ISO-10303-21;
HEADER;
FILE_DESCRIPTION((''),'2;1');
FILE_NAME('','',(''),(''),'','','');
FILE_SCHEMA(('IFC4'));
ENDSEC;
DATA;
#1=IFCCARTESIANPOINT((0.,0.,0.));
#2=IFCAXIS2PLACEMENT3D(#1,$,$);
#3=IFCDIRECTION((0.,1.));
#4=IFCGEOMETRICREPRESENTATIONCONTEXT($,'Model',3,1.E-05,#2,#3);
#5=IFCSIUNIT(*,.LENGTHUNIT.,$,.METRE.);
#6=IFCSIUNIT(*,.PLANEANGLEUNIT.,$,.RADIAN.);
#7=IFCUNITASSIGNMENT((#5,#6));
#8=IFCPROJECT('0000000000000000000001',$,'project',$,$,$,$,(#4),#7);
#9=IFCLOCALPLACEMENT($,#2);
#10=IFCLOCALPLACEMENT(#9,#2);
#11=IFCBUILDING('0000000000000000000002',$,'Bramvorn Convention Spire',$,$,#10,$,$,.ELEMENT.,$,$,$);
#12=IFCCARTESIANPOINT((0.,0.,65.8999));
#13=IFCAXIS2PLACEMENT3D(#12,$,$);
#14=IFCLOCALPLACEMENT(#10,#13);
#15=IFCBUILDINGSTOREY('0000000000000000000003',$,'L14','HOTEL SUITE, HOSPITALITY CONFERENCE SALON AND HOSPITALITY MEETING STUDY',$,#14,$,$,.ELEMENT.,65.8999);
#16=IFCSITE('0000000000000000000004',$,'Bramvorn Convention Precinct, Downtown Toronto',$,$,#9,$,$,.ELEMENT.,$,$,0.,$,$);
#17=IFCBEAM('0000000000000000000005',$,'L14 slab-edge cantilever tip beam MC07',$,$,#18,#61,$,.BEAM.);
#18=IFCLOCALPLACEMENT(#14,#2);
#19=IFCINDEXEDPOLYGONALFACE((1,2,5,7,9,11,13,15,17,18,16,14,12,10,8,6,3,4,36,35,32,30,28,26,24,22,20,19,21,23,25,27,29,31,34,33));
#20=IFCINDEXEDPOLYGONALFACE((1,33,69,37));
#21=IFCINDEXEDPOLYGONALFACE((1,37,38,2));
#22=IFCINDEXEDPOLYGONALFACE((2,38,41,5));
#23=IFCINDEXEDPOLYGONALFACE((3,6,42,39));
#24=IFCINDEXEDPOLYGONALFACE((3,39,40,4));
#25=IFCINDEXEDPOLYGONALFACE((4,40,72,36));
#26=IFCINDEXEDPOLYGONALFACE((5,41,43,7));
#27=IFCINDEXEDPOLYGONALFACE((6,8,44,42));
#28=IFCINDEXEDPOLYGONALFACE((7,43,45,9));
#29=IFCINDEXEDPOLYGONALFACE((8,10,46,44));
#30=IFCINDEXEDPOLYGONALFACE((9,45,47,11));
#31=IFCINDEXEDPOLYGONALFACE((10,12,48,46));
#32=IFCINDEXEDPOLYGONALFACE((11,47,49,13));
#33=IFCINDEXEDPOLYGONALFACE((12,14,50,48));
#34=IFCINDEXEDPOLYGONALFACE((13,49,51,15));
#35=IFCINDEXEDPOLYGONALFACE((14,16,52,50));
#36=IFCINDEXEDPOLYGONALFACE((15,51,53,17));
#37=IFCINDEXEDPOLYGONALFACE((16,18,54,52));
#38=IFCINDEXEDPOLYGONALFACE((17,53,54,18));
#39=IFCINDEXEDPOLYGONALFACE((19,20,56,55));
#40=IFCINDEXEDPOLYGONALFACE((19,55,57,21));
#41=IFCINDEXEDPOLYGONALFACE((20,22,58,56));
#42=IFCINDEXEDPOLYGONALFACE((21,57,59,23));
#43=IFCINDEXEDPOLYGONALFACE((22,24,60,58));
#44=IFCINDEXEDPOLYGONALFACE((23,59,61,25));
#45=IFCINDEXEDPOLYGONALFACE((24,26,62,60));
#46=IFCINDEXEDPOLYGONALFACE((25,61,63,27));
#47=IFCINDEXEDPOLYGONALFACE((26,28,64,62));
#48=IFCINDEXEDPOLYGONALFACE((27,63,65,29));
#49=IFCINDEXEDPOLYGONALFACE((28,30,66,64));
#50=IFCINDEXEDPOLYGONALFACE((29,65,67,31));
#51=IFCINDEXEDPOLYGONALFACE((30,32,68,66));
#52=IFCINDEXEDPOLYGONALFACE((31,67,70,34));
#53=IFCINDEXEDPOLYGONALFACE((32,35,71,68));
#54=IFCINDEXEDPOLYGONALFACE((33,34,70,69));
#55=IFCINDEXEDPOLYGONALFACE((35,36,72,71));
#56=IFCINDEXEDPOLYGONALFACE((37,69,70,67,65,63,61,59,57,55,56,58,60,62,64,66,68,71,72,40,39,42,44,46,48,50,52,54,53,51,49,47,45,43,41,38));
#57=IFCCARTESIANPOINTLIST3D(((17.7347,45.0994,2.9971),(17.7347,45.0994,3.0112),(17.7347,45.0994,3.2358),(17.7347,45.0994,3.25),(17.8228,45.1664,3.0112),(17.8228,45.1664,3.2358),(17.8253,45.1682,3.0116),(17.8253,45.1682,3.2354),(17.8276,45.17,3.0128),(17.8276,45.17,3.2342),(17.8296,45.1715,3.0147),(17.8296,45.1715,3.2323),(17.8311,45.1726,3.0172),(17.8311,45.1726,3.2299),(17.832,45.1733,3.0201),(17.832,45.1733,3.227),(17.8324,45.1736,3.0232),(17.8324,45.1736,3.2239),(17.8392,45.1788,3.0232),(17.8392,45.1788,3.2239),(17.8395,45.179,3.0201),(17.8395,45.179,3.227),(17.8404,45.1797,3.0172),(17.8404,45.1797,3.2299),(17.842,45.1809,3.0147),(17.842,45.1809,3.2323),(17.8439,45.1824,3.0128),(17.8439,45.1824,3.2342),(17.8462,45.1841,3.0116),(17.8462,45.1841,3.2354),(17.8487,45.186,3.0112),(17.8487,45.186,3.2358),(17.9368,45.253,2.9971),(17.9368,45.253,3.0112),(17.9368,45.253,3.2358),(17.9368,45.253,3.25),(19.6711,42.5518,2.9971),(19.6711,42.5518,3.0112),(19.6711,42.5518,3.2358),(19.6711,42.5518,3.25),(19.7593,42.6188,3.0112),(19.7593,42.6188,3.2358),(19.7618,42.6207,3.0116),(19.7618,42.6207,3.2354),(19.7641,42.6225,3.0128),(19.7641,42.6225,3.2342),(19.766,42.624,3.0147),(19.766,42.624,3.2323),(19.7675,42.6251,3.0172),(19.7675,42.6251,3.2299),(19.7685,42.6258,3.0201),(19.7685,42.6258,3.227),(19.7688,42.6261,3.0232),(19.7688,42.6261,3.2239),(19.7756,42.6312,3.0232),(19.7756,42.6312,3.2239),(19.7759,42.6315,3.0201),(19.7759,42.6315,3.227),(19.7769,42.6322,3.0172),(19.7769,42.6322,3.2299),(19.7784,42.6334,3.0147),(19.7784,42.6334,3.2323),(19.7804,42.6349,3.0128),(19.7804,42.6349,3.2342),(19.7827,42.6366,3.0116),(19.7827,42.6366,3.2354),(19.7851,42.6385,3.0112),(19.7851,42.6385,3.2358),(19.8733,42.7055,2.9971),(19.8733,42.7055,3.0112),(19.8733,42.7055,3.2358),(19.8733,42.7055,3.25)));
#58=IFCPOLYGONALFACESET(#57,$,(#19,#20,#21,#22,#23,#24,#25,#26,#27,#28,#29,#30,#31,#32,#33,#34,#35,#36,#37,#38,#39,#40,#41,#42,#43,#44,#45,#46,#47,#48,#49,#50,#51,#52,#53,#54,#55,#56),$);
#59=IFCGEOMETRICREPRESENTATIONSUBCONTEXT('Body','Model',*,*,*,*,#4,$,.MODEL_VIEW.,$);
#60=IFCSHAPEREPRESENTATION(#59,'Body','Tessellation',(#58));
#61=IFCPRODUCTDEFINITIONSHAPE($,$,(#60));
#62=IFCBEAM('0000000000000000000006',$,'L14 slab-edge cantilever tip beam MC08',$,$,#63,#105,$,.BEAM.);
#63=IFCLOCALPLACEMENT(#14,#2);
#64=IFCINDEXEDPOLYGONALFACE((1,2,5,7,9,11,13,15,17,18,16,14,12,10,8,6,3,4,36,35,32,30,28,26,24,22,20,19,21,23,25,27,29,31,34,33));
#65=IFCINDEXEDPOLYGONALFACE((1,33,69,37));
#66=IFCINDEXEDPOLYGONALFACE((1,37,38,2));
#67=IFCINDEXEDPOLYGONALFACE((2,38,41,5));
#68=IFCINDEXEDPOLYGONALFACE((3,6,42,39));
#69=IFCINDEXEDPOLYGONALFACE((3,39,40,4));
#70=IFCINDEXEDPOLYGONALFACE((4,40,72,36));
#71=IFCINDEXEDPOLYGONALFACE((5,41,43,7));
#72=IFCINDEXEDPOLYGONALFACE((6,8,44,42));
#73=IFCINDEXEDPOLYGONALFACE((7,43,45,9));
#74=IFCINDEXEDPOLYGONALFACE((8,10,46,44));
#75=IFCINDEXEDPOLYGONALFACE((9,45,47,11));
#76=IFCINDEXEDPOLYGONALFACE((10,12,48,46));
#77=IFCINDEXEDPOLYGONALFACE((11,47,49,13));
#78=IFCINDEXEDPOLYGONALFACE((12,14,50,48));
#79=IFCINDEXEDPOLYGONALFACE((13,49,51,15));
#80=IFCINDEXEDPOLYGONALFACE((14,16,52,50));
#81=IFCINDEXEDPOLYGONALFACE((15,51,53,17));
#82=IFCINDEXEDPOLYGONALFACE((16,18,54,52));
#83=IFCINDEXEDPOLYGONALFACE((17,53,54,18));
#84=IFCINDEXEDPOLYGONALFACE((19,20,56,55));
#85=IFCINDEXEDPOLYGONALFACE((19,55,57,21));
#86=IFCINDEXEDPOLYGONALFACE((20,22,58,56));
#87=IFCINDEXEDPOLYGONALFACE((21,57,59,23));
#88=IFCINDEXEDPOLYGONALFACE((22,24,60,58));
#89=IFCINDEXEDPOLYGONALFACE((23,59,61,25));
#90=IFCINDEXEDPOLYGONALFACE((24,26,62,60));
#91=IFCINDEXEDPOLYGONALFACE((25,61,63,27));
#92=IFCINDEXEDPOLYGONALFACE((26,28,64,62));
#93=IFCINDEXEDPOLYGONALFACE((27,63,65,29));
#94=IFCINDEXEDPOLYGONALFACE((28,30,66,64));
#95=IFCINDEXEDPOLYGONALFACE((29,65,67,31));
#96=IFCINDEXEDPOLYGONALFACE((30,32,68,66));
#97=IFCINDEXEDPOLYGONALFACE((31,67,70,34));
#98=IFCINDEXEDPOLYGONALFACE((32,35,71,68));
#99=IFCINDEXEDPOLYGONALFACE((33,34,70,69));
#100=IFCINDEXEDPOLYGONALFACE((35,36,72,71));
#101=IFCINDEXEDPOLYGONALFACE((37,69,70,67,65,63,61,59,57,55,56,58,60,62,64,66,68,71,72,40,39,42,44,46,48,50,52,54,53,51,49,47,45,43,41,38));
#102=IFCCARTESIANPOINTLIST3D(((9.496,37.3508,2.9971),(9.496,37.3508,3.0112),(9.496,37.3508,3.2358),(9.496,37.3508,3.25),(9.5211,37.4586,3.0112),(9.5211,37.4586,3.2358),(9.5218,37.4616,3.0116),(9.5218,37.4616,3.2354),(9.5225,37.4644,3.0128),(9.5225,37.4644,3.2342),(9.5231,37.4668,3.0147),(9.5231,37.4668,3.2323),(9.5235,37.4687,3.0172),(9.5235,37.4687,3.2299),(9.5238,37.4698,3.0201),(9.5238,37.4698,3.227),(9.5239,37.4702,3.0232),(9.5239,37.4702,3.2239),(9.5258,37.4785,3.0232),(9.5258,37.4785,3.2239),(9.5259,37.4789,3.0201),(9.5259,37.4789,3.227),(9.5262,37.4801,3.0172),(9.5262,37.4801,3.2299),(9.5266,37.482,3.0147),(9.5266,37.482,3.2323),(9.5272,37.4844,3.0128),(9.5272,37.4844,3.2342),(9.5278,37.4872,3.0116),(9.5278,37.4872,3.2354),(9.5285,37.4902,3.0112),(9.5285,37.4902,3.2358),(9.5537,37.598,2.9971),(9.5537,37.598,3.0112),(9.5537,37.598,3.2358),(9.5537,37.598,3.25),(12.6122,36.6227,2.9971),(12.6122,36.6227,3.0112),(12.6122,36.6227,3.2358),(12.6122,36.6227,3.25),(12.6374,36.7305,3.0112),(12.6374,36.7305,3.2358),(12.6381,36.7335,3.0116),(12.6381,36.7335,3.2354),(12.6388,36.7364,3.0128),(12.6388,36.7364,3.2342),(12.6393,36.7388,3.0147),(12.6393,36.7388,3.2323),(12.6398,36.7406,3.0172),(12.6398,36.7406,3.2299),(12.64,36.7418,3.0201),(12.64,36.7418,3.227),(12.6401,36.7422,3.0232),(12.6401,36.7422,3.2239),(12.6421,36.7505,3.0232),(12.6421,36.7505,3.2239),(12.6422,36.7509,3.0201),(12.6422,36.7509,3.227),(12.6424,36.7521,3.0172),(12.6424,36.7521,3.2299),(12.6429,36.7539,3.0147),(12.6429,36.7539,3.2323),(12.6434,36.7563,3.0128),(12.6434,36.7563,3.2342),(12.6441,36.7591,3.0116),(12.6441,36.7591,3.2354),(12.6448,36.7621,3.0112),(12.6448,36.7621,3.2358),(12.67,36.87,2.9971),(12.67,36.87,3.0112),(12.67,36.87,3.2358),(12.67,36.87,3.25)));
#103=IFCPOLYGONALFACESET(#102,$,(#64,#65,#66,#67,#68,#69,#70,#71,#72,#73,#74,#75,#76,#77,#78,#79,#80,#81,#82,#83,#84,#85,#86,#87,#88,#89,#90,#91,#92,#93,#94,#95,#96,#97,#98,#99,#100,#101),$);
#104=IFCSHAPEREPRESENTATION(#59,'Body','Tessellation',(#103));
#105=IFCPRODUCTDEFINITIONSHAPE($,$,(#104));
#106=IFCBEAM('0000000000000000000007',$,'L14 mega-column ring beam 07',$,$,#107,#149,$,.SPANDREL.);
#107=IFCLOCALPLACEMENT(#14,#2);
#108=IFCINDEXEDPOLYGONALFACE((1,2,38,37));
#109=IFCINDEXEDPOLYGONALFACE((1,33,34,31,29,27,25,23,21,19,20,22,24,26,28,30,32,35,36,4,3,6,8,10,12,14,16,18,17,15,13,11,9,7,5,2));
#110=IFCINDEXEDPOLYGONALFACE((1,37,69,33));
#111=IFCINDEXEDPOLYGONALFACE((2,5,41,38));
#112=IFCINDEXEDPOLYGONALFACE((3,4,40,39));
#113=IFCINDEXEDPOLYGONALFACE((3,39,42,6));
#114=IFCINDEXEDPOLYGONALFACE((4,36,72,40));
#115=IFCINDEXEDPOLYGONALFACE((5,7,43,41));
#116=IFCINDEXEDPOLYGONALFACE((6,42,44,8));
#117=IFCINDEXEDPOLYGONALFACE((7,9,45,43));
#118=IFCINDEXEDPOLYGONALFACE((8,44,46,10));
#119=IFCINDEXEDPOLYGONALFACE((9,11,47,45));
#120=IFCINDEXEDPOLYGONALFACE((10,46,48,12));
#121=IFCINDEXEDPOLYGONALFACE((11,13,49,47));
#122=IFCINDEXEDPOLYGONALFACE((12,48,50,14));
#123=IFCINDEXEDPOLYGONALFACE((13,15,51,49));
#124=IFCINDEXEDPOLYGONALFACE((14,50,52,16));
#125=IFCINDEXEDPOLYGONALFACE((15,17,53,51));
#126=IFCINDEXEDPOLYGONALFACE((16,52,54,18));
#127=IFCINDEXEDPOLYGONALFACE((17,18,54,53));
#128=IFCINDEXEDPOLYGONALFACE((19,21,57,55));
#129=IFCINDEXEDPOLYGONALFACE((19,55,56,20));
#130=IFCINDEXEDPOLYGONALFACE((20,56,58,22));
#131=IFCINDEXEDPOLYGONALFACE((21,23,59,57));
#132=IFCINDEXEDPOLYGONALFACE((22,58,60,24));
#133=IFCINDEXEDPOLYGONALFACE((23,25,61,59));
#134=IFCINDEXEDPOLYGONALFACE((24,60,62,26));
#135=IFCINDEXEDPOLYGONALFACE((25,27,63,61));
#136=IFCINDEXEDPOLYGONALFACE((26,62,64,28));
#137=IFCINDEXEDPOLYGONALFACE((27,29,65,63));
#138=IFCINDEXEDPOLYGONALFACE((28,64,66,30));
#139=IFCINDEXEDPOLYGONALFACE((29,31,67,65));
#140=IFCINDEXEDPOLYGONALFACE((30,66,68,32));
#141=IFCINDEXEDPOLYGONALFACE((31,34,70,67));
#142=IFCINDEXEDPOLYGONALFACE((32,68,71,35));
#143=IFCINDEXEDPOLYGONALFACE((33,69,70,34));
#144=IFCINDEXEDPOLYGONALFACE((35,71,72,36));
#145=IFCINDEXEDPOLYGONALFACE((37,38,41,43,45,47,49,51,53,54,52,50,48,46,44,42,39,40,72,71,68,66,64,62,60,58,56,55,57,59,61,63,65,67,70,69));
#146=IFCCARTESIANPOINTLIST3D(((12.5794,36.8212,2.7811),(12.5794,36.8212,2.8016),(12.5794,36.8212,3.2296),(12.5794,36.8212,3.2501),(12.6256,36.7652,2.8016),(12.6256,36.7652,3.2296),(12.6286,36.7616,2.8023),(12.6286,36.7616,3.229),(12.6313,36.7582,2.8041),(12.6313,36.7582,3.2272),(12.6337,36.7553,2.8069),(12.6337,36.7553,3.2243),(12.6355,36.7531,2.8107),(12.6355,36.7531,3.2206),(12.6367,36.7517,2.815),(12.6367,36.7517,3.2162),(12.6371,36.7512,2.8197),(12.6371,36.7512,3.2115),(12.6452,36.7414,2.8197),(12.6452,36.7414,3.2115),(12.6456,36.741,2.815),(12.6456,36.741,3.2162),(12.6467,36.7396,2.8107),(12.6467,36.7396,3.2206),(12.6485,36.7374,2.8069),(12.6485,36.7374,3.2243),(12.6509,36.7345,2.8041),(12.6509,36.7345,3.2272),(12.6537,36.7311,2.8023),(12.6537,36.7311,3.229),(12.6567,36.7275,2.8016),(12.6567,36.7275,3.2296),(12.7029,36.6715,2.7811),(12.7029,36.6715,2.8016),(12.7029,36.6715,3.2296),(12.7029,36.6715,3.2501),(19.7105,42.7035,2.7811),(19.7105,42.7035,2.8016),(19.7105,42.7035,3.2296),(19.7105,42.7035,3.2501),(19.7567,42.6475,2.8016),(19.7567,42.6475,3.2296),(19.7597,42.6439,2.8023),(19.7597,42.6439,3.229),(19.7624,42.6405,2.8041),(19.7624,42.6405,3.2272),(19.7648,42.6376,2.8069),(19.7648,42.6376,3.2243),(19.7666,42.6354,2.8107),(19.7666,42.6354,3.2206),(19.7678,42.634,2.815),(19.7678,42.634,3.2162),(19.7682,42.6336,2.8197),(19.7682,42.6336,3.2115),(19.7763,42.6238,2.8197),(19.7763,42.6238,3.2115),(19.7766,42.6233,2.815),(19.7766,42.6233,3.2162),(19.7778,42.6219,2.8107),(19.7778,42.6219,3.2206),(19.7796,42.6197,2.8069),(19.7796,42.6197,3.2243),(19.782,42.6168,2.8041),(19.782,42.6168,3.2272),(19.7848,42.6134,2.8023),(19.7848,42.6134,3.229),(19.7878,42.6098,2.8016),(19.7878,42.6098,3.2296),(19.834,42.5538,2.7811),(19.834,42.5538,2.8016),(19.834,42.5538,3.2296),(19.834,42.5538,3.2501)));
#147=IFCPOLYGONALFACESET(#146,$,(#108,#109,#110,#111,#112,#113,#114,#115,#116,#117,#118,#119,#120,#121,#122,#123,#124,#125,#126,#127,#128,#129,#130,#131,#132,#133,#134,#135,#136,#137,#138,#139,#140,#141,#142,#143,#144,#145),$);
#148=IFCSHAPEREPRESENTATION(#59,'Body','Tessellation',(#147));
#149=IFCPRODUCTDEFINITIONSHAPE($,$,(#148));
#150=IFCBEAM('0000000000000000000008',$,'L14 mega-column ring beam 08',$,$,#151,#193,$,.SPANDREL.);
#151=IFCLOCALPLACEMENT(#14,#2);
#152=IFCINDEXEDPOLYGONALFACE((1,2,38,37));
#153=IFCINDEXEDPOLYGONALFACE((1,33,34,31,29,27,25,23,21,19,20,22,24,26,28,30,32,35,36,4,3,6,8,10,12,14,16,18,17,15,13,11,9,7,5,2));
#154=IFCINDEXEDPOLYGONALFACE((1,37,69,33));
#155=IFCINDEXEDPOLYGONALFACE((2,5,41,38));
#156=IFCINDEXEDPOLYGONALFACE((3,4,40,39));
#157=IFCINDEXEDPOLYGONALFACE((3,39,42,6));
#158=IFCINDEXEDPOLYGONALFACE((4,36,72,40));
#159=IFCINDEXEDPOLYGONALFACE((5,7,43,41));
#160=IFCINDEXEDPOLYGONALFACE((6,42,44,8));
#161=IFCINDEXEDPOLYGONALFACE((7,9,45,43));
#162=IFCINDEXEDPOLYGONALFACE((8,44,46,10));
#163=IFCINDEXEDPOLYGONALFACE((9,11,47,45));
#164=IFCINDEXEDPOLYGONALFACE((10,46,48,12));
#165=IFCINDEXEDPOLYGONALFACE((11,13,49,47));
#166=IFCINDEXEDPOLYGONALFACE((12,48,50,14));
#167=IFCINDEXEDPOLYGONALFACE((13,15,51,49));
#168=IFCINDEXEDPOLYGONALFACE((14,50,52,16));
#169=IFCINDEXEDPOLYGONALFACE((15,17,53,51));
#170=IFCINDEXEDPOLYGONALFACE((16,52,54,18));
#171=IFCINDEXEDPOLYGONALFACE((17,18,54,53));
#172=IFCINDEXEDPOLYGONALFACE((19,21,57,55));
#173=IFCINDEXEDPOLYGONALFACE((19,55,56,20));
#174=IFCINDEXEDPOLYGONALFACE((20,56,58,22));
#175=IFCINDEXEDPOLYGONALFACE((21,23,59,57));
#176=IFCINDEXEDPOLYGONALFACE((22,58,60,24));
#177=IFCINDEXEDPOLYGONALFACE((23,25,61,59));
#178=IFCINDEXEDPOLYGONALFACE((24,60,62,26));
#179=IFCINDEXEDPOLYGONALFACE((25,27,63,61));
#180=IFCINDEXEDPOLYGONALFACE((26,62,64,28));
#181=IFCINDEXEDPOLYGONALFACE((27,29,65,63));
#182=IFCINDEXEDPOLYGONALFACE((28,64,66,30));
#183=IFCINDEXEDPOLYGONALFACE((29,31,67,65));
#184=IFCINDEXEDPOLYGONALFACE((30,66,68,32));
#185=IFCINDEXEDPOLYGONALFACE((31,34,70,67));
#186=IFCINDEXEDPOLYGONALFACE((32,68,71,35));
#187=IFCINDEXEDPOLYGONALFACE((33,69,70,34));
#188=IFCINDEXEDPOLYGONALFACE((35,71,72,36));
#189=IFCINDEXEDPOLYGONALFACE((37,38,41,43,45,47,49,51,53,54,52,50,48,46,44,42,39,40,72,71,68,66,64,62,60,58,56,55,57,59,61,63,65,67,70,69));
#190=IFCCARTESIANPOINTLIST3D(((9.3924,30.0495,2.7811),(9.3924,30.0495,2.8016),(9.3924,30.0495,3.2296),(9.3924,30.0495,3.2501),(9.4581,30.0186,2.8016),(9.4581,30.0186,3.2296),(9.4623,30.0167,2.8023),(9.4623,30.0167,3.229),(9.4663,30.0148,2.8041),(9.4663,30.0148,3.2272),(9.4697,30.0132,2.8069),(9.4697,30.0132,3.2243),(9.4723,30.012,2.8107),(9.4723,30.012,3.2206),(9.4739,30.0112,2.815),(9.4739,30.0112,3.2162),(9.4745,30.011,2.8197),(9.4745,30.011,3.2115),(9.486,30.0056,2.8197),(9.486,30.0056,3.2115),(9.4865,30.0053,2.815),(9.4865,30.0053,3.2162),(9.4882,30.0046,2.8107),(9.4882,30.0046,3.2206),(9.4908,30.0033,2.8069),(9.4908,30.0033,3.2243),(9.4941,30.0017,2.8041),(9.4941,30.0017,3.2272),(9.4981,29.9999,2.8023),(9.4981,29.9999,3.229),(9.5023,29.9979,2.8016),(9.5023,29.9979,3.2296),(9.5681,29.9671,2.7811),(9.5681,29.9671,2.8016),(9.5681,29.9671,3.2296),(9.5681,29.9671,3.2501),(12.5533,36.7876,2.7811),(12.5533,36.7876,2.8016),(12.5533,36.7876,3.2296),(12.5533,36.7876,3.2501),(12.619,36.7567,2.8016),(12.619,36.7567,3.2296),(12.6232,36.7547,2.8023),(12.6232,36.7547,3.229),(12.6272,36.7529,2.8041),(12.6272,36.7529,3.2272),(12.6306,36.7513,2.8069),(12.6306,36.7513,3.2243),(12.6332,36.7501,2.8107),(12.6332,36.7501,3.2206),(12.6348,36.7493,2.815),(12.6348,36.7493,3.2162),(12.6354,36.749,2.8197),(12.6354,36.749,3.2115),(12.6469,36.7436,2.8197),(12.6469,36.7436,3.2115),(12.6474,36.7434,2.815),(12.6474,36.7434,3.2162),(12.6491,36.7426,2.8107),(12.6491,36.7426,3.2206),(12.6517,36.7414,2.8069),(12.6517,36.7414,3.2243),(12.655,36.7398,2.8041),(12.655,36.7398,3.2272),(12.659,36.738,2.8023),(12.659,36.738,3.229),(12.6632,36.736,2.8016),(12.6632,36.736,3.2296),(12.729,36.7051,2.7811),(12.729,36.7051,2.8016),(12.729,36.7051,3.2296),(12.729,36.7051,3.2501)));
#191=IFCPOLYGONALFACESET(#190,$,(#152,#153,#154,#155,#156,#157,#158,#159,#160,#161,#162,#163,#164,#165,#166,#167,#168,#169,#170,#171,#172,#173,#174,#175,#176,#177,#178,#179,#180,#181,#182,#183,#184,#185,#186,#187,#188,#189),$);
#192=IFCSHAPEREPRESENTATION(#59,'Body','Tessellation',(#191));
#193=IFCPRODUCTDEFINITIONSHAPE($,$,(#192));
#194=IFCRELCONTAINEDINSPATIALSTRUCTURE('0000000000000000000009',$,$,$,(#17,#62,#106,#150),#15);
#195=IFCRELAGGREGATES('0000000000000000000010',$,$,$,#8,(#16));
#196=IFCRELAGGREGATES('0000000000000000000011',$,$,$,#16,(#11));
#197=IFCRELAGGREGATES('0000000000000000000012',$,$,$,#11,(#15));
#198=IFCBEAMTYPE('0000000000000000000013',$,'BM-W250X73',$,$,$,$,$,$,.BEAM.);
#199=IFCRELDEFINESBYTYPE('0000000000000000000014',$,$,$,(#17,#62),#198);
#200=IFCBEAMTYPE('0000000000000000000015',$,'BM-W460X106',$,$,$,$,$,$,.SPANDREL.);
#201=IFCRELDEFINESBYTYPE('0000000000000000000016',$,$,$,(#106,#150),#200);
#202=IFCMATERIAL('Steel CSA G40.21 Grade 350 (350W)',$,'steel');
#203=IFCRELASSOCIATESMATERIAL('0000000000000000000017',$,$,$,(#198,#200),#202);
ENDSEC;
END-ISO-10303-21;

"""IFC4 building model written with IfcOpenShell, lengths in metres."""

from ifc_helpers import new_model, si_unit, direction, frame, origin, origin_2d, place, context, subcontext, project, spatial, i_section, extrude, material, material_profile, profile_set, type_object, element, save


model = new_model("IFC4")

# Units and contexts
model_context = context("Model", 3, precision=1e-05, world=origin(), true_north=direction((0.0, 1.0)))
body_context = subcontext(model_context, "Body", "Model", "MODEL_VIEW")
ifc_project = project(units=[si_unit("LENGTHUNIT", "METRE"), si_unit("PLANEANGLEUNIT", "RADIAN")], contexts=[model_context])

# Site, building, storey
site_placement = place(None, origin())
site = spatial("IfcSite", under=ifc_project, at=site_placement, Name="Bramvorn Convention Precinct, Downtown Toronto", CompositionType="ELEMENT", RefElevation=0.0)
building_placement = place(site_placement, origin())
building = spatial("IfcBuilding", under=site, at=building_placement, Name="Bramvorn Convention Spire", CompositionType="ELEMENT")
storey_placement = place(building_placement, frame((0.0, 0.0, 65.8999)))
storey = spatial("IfcBuildingStorey", under=building, at=storey_placement, Name="L14", Description="HOTEL SUITE, HOSPITALITY CONFERENCE SALON AND HOSPITALITY MEETING STUDY", CompositionType="ELEMENT", Elevation=65.8999)

# Shared definitions
ifc_material_1 = material(Name="Steel CSA G40.21 Grade 350 (350W)", Category="steel")

# Beams
ifc_material_profile_1 = material_profile(ifc_material_1, i_section(OverallWidth=0.2539, OverallDepth=0.2529, WebThickness=0.0085, FlangeThickness=0.0142, FilletRadius=0.012, at=origin_2d()))
ifc_profile_set_1 = profile_set([ifc_material_profile_1], Name="Steel CSA G40.21 Grade 350 (350W) - W250X73")
beam_type_1 = type_object("IfcBeamType", Name="BM-W250X73", PredefinedType="BEAM", material=ifc_profile_set_1)
beam_1_placement = place(storey_placement, frame((19.7722, 42.6287, 3.1235), z_axis=(-0.605151, 0.796111, 0.0), x_axis=(-0.796111, -0.605151, 0.0)))
element("IfcBeam", 1, at=beam_1_placement, inside=storey, type_object=beam_type_1, Name="L14 slab-edge cantilever tip beam MC07", PredefinedType="BEAM", context=body_context, shape_type="SweptSolid", body=[
    extrude(i_section(OverallWidth=0.2539, OverallDepth=0.2529, WebThickness=0.0085, FlangeThickness=0.0142, FilletRadius=0.012, at=origin_2d()), origin(), (0.0, 0.0, 1.0), 3.2),
])
beam_2_placement = place(storey_placement, frame((12.6411, 36.7463, 3.1235), z_axis=(-0.973778, 0.2275, 0.0), x_axis=(-0.2275, -0.973778, 0.0)))
element("IfcBeam", 2, at=beam_2_placement, inside=storey, type_object=beam_type_1, Name="L14 slab-edge cantilever tip beam MC08", PredefinedType="BEAM", context=body_context, shape_type="SweptSolid", body=[
    extrude(i_section(OverallWidth=0.2539, OverallDepth=0.2529, WebThickness=0.0085, FlangeThickness=0.0142, FilletRadius=0.012, at=origin_2d()), origin(), (0.0, 0.0, 1.0), 3.2002),
])
ifc_material_profile_2 = material_profile(ifc_material_1, i_section(OverallWidth=0.1941, OverallDepth=0.469, WebThickness=0.0127, FlangeThickness=0.0205, FilletRadius=0.0181, at=origin_2d()))
ifc_profile_set_2 = profile_set([ifc_material_profile_2], Name="Steel CSA G40.21 Grade 350 (350W) - W460X106")
beam_type_2 = type_object("IfcBeamType", Name="BM-W460X106", PredefinedType="SPANDREL", material=ifc_profile_set_2)
beam_3_placement = place(storey_placement, frame((19.7722, 42.6287, 3.0156), z_axis=(-0.771418, -0.636329, 0.0), x_axis=(0.636329, -0.771418, 0.0)))
element("IfcBeam", 3, at=beam_3_placement, inside=storey, type_object=beam_type_2, Name="L14 mega-column ring beam 07", PredefinedType="SPANDREL", context=body_context, shape_type="SweptSolid", body=[
    extrude(i_section(OverallWidth=0.1941, OverallDepth=0.469, WebThickness=0.0127, FlangeThickness=0.0205, FilletRadius=0.0181, at=origin_2d()), origin(), (0.0, 0.0, 1.0), 9.2441),
])
beam_4_placement = place(storey_placement, frame((12.6411, 36.7463, 3.0156), z_axis=(-0.424702, -0.905333, 0.0), x_axis=(0.905333, -0.424702, 0.0)))
element("IfcBeam", 4, at=beam_4_placement, inside=storey, type_object=beam_type_2, Name="L14 mega-column ring beam 08", PredefinedType="SPANDREL", context=body_context, shape_type="SweptSolid", body=[
    extrude(i_section(OverallWidth=0.1941, OverallDepth=0.469, WebThickness=0.0127, FlangeThickness=0.0205, FilletRadius=0.0181, at=origin_2d()), origin(), (0.0, 0.0, 1.0), 7.4426),
])

save(model, "model.ifc")
